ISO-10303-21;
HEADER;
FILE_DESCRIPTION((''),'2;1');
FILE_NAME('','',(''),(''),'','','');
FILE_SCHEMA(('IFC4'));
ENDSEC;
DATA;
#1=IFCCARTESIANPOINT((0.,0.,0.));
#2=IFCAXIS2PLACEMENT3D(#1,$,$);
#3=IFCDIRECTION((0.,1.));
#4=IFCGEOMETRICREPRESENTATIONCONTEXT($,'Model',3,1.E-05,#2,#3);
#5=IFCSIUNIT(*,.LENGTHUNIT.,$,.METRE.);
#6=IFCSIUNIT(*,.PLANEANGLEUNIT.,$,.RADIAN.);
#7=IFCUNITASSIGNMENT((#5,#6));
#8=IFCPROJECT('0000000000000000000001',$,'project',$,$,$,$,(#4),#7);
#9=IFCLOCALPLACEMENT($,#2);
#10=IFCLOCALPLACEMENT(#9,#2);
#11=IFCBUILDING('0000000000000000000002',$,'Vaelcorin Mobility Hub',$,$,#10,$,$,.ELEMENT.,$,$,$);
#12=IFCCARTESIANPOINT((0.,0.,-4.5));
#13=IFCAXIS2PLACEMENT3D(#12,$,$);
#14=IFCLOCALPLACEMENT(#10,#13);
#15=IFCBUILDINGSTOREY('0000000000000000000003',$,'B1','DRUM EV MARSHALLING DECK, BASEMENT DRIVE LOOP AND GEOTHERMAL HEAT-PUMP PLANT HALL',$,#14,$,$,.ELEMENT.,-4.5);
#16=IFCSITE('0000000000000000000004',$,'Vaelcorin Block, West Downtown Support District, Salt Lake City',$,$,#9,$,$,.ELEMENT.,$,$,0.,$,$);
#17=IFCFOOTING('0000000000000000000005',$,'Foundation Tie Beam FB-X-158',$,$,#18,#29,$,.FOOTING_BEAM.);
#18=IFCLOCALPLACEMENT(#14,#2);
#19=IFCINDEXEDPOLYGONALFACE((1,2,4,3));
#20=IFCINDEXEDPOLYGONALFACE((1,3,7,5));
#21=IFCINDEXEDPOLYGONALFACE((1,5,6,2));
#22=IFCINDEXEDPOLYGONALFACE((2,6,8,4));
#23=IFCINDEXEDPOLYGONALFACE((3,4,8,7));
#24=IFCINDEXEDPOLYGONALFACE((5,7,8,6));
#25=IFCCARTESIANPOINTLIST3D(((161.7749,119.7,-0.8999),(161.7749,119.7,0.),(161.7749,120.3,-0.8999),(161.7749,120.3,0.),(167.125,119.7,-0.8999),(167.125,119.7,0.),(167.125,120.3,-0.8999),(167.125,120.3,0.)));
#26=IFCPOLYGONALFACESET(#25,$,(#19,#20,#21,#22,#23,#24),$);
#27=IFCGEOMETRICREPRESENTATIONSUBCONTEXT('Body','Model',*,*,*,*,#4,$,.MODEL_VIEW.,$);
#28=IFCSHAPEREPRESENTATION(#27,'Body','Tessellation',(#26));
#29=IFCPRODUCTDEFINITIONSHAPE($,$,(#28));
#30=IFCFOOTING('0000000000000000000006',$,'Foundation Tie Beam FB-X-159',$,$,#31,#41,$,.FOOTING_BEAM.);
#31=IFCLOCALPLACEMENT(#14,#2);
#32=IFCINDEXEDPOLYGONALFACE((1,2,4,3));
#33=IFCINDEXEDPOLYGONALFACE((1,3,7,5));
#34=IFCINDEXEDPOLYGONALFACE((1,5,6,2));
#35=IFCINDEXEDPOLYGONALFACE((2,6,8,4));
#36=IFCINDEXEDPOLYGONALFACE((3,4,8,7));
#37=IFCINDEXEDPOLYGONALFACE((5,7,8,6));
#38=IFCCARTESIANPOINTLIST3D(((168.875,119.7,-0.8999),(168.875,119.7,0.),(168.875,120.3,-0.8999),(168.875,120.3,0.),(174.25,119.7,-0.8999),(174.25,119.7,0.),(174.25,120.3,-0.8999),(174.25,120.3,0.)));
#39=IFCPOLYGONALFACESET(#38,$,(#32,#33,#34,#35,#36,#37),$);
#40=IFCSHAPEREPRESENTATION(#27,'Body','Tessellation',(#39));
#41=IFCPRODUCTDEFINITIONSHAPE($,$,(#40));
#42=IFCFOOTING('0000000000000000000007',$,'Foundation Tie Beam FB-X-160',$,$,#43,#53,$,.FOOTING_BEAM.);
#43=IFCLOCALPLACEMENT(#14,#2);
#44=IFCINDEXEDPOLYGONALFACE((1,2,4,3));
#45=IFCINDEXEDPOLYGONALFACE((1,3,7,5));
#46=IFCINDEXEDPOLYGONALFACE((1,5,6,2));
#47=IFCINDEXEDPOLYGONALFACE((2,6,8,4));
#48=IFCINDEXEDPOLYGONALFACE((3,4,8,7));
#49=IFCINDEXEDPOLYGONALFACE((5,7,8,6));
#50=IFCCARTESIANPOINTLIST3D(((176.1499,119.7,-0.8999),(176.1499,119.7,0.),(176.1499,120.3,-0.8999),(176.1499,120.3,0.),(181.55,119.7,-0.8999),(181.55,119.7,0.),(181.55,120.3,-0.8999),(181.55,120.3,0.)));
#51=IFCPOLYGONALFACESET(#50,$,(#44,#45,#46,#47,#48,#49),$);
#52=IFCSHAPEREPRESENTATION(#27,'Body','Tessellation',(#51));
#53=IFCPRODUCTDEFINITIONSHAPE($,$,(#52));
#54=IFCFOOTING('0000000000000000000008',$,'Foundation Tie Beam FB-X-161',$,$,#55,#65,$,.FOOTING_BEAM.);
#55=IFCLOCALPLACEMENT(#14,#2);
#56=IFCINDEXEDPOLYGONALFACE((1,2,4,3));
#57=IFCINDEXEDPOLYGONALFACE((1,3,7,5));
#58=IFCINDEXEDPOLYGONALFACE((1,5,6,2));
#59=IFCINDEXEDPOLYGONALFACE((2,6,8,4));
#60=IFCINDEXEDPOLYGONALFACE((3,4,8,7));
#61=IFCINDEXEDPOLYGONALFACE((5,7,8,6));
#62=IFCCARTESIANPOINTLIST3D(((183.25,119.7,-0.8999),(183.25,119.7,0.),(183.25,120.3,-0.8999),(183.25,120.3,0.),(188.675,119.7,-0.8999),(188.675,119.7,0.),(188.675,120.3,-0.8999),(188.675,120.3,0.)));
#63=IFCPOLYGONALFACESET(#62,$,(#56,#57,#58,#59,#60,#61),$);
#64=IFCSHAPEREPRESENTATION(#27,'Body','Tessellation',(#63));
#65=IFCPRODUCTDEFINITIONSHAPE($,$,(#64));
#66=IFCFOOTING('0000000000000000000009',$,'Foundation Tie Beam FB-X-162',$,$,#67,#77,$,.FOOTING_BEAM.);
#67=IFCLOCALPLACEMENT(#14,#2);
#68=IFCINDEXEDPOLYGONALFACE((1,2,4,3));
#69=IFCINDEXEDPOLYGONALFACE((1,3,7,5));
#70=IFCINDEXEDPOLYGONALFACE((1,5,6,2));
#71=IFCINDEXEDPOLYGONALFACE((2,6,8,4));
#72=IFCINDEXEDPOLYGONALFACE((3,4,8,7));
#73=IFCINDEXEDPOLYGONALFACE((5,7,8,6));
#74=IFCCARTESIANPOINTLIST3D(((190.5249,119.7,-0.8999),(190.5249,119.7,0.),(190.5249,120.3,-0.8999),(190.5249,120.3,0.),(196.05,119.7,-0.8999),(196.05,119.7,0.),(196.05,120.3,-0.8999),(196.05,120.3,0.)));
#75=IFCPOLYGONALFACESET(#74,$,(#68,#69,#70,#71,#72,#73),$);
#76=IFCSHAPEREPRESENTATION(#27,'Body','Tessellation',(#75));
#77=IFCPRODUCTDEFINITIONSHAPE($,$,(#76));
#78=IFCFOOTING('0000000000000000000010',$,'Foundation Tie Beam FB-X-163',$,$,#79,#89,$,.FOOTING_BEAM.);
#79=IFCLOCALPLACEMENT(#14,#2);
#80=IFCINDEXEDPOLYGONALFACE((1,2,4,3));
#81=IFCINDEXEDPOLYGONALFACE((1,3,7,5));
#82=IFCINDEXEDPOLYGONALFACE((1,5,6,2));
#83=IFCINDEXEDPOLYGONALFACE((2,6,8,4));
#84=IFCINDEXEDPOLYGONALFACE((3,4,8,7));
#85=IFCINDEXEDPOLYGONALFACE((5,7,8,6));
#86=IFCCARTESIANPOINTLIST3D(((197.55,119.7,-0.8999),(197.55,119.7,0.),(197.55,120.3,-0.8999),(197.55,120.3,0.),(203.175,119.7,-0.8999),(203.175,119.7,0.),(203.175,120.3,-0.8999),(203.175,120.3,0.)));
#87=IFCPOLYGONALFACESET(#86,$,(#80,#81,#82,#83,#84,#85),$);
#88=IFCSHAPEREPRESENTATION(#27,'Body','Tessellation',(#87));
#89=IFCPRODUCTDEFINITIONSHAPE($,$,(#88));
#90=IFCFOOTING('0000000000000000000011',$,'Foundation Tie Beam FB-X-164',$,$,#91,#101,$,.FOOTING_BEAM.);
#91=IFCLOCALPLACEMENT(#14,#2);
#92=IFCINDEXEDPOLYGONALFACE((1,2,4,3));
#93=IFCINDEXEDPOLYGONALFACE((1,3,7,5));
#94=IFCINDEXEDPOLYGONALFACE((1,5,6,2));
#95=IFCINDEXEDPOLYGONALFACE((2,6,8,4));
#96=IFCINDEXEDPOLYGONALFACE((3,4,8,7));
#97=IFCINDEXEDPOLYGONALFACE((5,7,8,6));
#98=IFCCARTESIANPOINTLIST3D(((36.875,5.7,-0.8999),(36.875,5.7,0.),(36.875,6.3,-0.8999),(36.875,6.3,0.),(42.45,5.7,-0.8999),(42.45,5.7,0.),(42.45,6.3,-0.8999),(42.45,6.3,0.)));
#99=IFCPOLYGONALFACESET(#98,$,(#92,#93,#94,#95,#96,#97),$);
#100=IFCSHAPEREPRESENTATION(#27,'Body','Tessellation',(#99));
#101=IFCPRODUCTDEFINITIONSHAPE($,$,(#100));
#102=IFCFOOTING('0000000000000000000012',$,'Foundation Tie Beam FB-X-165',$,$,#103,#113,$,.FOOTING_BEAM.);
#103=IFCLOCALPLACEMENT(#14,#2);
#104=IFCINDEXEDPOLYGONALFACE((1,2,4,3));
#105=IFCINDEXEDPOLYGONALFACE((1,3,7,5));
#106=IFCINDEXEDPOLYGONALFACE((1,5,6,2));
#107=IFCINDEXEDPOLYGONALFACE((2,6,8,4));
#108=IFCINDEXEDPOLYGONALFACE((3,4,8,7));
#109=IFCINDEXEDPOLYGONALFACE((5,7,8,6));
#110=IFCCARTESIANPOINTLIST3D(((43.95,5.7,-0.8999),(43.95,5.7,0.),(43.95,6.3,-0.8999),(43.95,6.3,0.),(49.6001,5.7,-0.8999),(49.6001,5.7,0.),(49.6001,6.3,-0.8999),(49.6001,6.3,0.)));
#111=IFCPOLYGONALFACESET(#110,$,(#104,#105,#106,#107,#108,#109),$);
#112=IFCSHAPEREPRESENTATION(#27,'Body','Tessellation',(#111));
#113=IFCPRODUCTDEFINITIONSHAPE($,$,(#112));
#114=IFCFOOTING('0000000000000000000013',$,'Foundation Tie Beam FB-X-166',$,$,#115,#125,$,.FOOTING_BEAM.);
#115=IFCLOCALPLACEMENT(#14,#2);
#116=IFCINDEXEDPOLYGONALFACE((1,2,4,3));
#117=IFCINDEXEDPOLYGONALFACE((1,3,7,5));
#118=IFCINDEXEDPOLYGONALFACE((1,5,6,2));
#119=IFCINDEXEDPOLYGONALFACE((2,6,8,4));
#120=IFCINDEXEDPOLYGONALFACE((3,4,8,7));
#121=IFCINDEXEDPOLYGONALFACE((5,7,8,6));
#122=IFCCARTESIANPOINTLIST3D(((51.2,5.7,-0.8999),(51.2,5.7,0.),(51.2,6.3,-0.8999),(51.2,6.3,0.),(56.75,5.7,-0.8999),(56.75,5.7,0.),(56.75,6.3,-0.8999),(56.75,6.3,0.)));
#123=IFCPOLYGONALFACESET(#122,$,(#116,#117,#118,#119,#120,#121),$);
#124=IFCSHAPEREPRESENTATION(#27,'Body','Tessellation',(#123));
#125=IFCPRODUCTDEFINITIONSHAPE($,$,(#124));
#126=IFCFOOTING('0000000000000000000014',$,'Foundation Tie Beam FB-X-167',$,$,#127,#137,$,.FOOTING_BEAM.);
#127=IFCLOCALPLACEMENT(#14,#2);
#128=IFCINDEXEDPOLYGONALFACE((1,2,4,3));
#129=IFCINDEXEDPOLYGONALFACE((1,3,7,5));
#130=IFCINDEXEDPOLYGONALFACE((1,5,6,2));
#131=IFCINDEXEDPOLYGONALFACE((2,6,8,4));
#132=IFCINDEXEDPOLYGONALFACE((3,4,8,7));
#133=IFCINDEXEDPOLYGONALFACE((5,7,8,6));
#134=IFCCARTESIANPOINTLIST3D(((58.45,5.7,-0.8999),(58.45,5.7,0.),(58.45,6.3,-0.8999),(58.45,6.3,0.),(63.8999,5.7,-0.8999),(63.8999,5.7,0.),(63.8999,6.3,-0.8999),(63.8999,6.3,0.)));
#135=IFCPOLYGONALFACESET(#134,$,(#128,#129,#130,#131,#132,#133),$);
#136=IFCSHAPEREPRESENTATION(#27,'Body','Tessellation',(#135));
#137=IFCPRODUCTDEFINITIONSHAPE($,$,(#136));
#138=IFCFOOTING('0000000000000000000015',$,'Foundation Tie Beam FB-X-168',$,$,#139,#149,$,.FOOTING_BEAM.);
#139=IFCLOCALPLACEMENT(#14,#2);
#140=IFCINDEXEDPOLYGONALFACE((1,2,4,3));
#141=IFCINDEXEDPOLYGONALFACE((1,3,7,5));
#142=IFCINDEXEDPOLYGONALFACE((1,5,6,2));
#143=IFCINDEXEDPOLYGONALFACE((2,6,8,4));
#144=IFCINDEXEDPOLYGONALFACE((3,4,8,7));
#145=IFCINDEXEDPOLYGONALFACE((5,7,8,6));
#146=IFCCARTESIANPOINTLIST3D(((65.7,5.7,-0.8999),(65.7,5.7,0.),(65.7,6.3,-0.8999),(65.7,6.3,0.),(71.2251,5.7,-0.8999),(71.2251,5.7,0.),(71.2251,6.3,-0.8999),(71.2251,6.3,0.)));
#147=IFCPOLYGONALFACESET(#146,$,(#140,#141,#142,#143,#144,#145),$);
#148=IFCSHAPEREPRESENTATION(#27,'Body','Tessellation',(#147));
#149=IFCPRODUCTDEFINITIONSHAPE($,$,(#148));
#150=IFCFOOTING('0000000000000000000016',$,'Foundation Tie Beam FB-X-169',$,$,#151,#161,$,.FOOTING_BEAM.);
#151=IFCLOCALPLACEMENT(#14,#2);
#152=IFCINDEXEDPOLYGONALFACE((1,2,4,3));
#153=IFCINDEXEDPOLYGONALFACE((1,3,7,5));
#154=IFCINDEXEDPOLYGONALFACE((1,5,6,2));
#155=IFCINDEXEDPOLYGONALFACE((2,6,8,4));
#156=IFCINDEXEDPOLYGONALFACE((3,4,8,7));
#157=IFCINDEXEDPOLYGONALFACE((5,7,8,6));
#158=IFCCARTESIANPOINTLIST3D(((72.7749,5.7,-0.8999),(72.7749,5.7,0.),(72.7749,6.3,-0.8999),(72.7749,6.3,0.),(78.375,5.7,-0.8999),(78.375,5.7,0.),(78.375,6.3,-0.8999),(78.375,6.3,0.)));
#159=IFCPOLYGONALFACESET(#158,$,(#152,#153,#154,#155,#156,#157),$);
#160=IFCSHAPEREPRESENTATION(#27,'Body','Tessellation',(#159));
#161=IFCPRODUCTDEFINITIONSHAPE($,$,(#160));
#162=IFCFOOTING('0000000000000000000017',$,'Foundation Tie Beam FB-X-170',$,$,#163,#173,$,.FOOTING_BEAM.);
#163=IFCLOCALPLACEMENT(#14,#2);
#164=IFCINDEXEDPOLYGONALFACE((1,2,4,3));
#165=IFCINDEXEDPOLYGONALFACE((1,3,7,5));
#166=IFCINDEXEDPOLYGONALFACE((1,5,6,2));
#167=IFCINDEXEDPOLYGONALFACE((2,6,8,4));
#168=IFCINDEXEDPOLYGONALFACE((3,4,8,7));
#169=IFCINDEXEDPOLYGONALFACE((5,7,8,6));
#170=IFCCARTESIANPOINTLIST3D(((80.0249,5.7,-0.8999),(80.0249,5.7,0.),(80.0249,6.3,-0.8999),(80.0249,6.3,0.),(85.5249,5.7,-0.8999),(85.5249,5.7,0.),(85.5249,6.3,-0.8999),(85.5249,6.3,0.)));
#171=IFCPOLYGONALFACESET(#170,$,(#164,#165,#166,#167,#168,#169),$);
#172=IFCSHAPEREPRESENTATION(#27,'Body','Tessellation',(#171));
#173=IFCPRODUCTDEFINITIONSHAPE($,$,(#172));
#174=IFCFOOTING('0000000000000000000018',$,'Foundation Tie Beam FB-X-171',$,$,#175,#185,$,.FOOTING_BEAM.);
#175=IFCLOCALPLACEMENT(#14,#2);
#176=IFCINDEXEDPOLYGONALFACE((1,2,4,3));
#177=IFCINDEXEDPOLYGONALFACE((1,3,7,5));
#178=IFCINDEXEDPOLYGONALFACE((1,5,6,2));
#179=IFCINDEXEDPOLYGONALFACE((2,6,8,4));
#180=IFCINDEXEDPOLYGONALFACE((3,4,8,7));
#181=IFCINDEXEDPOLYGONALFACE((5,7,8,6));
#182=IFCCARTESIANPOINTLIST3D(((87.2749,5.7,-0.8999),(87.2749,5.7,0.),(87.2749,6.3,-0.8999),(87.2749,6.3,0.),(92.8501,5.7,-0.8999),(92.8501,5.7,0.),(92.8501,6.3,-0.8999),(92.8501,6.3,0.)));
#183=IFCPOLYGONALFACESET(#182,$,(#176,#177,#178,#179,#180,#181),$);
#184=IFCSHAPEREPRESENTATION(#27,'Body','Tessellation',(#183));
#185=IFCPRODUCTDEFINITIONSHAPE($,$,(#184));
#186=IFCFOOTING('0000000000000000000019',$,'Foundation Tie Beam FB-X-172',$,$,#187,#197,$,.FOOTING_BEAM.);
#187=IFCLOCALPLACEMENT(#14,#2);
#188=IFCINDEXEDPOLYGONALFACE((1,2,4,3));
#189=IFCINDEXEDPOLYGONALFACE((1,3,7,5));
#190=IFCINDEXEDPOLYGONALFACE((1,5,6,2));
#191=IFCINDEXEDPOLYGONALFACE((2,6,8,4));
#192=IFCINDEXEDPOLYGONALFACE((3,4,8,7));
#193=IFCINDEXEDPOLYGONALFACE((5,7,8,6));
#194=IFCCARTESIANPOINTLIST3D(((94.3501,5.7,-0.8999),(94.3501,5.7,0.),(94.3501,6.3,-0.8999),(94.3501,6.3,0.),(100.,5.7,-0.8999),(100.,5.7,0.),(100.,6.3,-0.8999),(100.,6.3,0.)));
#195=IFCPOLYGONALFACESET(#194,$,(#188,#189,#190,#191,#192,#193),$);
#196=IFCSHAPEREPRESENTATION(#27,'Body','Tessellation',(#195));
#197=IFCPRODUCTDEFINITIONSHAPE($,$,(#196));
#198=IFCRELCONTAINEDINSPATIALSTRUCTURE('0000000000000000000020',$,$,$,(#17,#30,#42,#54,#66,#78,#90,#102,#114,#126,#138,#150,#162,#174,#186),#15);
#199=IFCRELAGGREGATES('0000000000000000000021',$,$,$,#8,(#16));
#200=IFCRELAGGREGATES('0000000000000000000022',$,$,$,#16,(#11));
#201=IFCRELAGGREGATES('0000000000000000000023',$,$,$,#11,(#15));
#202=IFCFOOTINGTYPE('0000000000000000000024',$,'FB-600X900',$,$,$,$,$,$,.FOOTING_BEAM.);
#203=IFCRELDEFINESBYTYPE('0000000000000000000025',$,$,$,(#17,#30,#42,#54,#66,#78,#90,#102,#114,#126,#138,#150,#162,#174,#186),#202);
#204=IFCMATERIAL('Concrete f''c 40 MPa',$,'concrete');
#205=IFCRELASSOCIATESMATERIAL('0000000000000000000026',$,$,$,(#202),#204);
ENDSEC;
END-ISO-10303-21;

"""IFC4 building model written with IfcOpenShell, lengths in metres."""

from ifc_helpers import new_model, si_unit, direction, frame, origin, place, context, subcontext, project, spatial, polyline, outline, extrude, material, type_object, element, save


model = new_model("IFC4")

# Units and contexts
model_context = context("Model", 3, precision=1e-05, world=origin(), true_north=direction((0.0, 1.0)))
body_context = subcontext(model_context, "Body", "Model", "MODEL_VIEW")
ifc_project = project(units=[si_unit("LENGTHUNIT", "METRE"), si_unit("PLANEANGLEUNIT", "RADIAN")], contexts=[model_context])

# Site, building, storey
site_placement = place(None, origin())
site = spatial("IfcSite", under=ifc_project, at=site_placement, Name="Vaelcorin Block, West Downtown Support District, Salt Lake City", CompositionType="ELEMENT", RefElevation=0.0)
building_placement = place(site_placement, origin())
building = spatial("IfcBuilding", under=site, at=building_placement, Name="Vaelcorin Mobility Hub", CompositionType="ELEMENT")
storey_placement = place(building_placement, frame((0.0, 0.0, -4.5)))
storey = spatial("IfcBuildingStorey", under=building, at=storey_placement, Name="B1", Description="DRUM EV MARSHALLING DECK, BASEMENT DRIVE LOOP AND GEOTHERMAL HEAT-PUMP PLANT HALL", CompositionType="ELEMENT", Elevation=-4.5)

# Footings
ifc_material = material(Name="Concrete f'c 40 MPa", Category="concrete")
footing_type = type_object("IfcFootingType", Name="FB-600X900", PredefinedType="FOOTING_BEAM", material=ifc_material)
footing_1_placement = place(storey_placement, frame((0.0, 0.0, -0.8999)))
element("IfcFooting", 1, at=footing_1_placement, inside=storey, type_object=footing_type, Name="Foundation Tie Beam FB-X-158", PredefinedType="FOOTING_BEAM", context=body_context, shape_type="SweptSolid", body=[
    extrude(outline(polyline([(161.7749, 119.7), (167.125, 119.7), (167.125, 120.3), (161.7749, 120.3), (161.7749, 119.7)])), origin(), (0.0, 0.0, 1.0), 0.8999),
])
footing_2_placement = place(storey_placement, frame((0.0, 0.0, -0.8999)))
element("IfcFooting", 2, at=footing_2_placement, inside=storey, type_object=footing_type, Name="Foundation Tie Beam FB-X-159", PredefinedType="FOOTING_BEAM", context=body_context, shape_type="SweptSolid", body=[
    extrude(outline(polyline([(168.875, 119.7), (174.25, 119.7), (174.25, 120.3), (168.875, 120.3), (168.875, 119.7)])), origin(), (0.0, 0.0, 1.0), 0.8999),
])
footing_3_placement = place(storey_placement, frame((0.0, 0.0, -0.8999)))
element("IfcFooting", 3, at=footing_3_placement, inside=storey, type_object=footing_type, Name="Foundation Tie Beam FB-X-160", PredefinedType="FOOTING_BEAM", context=body_context, shape_type="SweptSolid", body=[
    extrude(outline(polyline([(176.1499, 119.7), (181.55, 119.7), (181.55, 120.3), (176.1499, 120.3), (176.1499, 119.7)])), origin(), (0.0, 0.0, 1.0), 0.8999),
])
footing_4_placement = place(storey_placement, frame((0.0, 0.0, -0.8999)))
element("IfcFooting", 4, at=footing_4_placement, inside=storey, type_object=footing_type, Name="Foundation Tie Beam FB-X-161", PredefinedType="FOOTING_BEAM", context=body_context, shape_type="SweptSolid", body=[
    extrude(outline(polyline([(183.25, 119.7), (188.675, 119.7), (188.675, 120.3), (183.25, 120.3), (183.25, 119.7)])), origin(), (0.0, 0.0, 1.0), 0.8999),
])
footing_5_placement = place(storey_placement, frame((0.0, 0.0, -0.8999)))
element("IfcFooting", 5, at=footing_5_placement, inside=storey, type_object=footing_type, Name="Foundation Tie Beam FB-X-162", PredefinedType="FOOTING_BEAM", context=body_context, shape_type="SweptSolid", body=[
    extrude(outline(polyline([(190.5249, 119.7), (196.05, 119.7), (196.05, 120.3), (190.5249, 120.3), (190.5249, 119.7)])), origin(), (0.0, 0.0, 1.0), 0.8999),
])
footing_6_placement = place(storey_placement, frame((0.0, 0.0, -0.8999)))
element("IfcFooting", 6, at=footing_6_placement, inside=storey, type_object=footing_type, Name="Foundation Tie Beam FB-X-163", PredefinedType="FOOTING_BEAM", context=body_context, shape_type="SweptSolid", body=[
    extrude(outline(polyline([(197.55, 119.7), (203.175, 119.7), (203.175, 120.3), (197.55, 120.3), (197.55, 119.7)])), origin(), (0.0, 0.0, 1.0), 0.8999),
])
footing_7_placement = place(storey_placement, frame((0.0, 0.0, -0.8999)))
element("IfcFooting", 7, at=footing_7_placement, inside=storey, type_object=footing_type, Name="Foundation Tie Beam FB-X-164", PredefinedType="FOOTING_BEAM", context=body_context, shape_type="SweptSolid", body=[
    extrude(outline(polyline([(36.875, 5.7), (42.45, 5.7), (42.45, 6.3), (36.875, 6.3), (36.875, 5.7)])), origin(), (0.0, 0.0, 1.0), 0.8999),
])
footing_8_placement = place(storey_placement, frame((0.0, 0.0, -0.8999)))
element("IfcFooting", 8, at=footing_8_placement, inside=storey, type_object=footing_type, Name="Foundation Tie Beam FB-X-165", PredefinedType="FOOTING_BEAM", context=body_context, shape_type="SweptSolid", body=[
    extrude(outline(polyline([(43.95, 5.7), (49.6001, 5.7), (49.6001, 6.3), (43.95, 6.3), (43.95, 5.7)])), origin(), (0.0, 0.0, 1.0), 0.8999),
])
footing_9_placement = place(storey_placement, frame((0.0, 0.0, -0.8999)))
element("IfcFooting", 9, at=footing_9_placement, inside=storey, type_object=footing_type, Name="Foundation Tie Beam FB-X-166", PredefinedType="FOOTING_BEAM", context=body_context, shape_type="SweptSolid", body=[
    extrude(outline(polyline([(51.2, 5.7), (56.75, 5.7), (56.75, 6.3), (51.2, 6.3), (51.2, 5.7)])), origin(), (0.0, 0.0, 1.0), 0.8999),
])
footing_10_placement = place(storey_placement, frame((0.0, 0.0, -0.8999)))
element("IfcFooting", 10, at=footing_10_placement, inside=storey, type_object=footing_type, Name="Foundation Tie Beam FB-X-167", PredefinedType="FOOTING_BEAM", context=body_context, shape_type="SweptSolid", body=[
    extrude(outline(polyline([(58.45, 5.7), (63.8999, 5.7), (63.8999, 6.3), (58.45, 6.3), (58.45, 5.7)])), origin(), (0.0, 0.0, 1.0), 0.8999),
])
footing_11_placement = place(storey_placement, frame((0.0, 0.0, -0.8999)))
element("IfcFooting", 11, at=footing_11_placement, inside=storey, type_object=footing_type, Name="Foundation Tie Beam FB-X-168", PredefinedType="FOOTING_BEAM", context=body_context, shape_type="SweptSolid", body=[
    extrude(outline(polyline([(65.7, 5.7), (71.2251, 5.7), (71.2251, 6.3), (65.7, 6.3), (65.7, 5.7)])), origin(), (0.0, 0.0, 1.0), 0.8999),
])
footing_12_placement = place(storey_placement, frame((0.0, 0.0, -0.8999)))
element("IfcFooting", 12, at=footing_12_placement, inside=storey, type_object=footing_type, Name="Foundation Tie Beam FB-X-169", PredefinedType="FOOTING_BEAM", context=body_context, shape_type="SweptSolid", body=[
    extrude(outline(polyline([(72.7749, 5.7), (78.375, 5.7), (78.375, 6.3), (72.7749, 6.3), (72.7749, 5.7)])), origin(), (0.0, 0.0, 1.0), 0.8999),
])
footing_13_placement = place(storey_placement, frame((0.0, 0.0, -0.8999)))
element("IfcFooting", 13, at=footing_13_placement, inside=storey, type_object=footing_type, Name="Foundation Tie Beam FB-X-170", PredefinedType="FOOTING_BEAM", context=body_context, shape_type="SweptSolid", body=[
    extrude(outline(polyline([(80.0249, 5.7), (85.5249, 5.7), (85.5249, 6.3), (80.0249, 6.3), (80.0249, 5.7)])), origin(), (0.0, 0.0, 1.0), 0.8999),
])
footing_14_placement = place(storey_placement, frame((0.0, 0.0, -0.8999)))
element("IfcFooting", 14, at=footing_14_placement, inside=storey, type_object=footing_type, Name="Foundation Tie Beam FB-X-171", PredefinedType="FOOTING_BEAM", context=body_context, shape_type="SweptSolid", body=[
    extrude(outline(polyline([(87.2749, 5.7), (92.8501, 5.7), (92.8501, 6.3), (87.2749, 6.3), (87.2749, 5.7)])), origin(), (0.0, 0.0, 1.0), 0.8999),
])
footing_15_placement = place(storey_placement, frame((0.0, 0.0, -0.8999)))
element("IfcFooting", 15, at=footing_15_placement, inside=storey, type_object=footing_type, Name="Foundation Tie Beam FB-X-172", PredefinedType="FOOTING_BEAM", context=body_context, shape_type="SweptSolid", body=[
    extrude(outline(polyline([(94.3501, 5.7), (100.0, 5.7), (100.0, 6.3), (94.3501, 6.3), (94.3501, 5.7)])), origin(), (0.0, 0.0, 1.0), 0.8999),
])

save(model, "model.ifc")
